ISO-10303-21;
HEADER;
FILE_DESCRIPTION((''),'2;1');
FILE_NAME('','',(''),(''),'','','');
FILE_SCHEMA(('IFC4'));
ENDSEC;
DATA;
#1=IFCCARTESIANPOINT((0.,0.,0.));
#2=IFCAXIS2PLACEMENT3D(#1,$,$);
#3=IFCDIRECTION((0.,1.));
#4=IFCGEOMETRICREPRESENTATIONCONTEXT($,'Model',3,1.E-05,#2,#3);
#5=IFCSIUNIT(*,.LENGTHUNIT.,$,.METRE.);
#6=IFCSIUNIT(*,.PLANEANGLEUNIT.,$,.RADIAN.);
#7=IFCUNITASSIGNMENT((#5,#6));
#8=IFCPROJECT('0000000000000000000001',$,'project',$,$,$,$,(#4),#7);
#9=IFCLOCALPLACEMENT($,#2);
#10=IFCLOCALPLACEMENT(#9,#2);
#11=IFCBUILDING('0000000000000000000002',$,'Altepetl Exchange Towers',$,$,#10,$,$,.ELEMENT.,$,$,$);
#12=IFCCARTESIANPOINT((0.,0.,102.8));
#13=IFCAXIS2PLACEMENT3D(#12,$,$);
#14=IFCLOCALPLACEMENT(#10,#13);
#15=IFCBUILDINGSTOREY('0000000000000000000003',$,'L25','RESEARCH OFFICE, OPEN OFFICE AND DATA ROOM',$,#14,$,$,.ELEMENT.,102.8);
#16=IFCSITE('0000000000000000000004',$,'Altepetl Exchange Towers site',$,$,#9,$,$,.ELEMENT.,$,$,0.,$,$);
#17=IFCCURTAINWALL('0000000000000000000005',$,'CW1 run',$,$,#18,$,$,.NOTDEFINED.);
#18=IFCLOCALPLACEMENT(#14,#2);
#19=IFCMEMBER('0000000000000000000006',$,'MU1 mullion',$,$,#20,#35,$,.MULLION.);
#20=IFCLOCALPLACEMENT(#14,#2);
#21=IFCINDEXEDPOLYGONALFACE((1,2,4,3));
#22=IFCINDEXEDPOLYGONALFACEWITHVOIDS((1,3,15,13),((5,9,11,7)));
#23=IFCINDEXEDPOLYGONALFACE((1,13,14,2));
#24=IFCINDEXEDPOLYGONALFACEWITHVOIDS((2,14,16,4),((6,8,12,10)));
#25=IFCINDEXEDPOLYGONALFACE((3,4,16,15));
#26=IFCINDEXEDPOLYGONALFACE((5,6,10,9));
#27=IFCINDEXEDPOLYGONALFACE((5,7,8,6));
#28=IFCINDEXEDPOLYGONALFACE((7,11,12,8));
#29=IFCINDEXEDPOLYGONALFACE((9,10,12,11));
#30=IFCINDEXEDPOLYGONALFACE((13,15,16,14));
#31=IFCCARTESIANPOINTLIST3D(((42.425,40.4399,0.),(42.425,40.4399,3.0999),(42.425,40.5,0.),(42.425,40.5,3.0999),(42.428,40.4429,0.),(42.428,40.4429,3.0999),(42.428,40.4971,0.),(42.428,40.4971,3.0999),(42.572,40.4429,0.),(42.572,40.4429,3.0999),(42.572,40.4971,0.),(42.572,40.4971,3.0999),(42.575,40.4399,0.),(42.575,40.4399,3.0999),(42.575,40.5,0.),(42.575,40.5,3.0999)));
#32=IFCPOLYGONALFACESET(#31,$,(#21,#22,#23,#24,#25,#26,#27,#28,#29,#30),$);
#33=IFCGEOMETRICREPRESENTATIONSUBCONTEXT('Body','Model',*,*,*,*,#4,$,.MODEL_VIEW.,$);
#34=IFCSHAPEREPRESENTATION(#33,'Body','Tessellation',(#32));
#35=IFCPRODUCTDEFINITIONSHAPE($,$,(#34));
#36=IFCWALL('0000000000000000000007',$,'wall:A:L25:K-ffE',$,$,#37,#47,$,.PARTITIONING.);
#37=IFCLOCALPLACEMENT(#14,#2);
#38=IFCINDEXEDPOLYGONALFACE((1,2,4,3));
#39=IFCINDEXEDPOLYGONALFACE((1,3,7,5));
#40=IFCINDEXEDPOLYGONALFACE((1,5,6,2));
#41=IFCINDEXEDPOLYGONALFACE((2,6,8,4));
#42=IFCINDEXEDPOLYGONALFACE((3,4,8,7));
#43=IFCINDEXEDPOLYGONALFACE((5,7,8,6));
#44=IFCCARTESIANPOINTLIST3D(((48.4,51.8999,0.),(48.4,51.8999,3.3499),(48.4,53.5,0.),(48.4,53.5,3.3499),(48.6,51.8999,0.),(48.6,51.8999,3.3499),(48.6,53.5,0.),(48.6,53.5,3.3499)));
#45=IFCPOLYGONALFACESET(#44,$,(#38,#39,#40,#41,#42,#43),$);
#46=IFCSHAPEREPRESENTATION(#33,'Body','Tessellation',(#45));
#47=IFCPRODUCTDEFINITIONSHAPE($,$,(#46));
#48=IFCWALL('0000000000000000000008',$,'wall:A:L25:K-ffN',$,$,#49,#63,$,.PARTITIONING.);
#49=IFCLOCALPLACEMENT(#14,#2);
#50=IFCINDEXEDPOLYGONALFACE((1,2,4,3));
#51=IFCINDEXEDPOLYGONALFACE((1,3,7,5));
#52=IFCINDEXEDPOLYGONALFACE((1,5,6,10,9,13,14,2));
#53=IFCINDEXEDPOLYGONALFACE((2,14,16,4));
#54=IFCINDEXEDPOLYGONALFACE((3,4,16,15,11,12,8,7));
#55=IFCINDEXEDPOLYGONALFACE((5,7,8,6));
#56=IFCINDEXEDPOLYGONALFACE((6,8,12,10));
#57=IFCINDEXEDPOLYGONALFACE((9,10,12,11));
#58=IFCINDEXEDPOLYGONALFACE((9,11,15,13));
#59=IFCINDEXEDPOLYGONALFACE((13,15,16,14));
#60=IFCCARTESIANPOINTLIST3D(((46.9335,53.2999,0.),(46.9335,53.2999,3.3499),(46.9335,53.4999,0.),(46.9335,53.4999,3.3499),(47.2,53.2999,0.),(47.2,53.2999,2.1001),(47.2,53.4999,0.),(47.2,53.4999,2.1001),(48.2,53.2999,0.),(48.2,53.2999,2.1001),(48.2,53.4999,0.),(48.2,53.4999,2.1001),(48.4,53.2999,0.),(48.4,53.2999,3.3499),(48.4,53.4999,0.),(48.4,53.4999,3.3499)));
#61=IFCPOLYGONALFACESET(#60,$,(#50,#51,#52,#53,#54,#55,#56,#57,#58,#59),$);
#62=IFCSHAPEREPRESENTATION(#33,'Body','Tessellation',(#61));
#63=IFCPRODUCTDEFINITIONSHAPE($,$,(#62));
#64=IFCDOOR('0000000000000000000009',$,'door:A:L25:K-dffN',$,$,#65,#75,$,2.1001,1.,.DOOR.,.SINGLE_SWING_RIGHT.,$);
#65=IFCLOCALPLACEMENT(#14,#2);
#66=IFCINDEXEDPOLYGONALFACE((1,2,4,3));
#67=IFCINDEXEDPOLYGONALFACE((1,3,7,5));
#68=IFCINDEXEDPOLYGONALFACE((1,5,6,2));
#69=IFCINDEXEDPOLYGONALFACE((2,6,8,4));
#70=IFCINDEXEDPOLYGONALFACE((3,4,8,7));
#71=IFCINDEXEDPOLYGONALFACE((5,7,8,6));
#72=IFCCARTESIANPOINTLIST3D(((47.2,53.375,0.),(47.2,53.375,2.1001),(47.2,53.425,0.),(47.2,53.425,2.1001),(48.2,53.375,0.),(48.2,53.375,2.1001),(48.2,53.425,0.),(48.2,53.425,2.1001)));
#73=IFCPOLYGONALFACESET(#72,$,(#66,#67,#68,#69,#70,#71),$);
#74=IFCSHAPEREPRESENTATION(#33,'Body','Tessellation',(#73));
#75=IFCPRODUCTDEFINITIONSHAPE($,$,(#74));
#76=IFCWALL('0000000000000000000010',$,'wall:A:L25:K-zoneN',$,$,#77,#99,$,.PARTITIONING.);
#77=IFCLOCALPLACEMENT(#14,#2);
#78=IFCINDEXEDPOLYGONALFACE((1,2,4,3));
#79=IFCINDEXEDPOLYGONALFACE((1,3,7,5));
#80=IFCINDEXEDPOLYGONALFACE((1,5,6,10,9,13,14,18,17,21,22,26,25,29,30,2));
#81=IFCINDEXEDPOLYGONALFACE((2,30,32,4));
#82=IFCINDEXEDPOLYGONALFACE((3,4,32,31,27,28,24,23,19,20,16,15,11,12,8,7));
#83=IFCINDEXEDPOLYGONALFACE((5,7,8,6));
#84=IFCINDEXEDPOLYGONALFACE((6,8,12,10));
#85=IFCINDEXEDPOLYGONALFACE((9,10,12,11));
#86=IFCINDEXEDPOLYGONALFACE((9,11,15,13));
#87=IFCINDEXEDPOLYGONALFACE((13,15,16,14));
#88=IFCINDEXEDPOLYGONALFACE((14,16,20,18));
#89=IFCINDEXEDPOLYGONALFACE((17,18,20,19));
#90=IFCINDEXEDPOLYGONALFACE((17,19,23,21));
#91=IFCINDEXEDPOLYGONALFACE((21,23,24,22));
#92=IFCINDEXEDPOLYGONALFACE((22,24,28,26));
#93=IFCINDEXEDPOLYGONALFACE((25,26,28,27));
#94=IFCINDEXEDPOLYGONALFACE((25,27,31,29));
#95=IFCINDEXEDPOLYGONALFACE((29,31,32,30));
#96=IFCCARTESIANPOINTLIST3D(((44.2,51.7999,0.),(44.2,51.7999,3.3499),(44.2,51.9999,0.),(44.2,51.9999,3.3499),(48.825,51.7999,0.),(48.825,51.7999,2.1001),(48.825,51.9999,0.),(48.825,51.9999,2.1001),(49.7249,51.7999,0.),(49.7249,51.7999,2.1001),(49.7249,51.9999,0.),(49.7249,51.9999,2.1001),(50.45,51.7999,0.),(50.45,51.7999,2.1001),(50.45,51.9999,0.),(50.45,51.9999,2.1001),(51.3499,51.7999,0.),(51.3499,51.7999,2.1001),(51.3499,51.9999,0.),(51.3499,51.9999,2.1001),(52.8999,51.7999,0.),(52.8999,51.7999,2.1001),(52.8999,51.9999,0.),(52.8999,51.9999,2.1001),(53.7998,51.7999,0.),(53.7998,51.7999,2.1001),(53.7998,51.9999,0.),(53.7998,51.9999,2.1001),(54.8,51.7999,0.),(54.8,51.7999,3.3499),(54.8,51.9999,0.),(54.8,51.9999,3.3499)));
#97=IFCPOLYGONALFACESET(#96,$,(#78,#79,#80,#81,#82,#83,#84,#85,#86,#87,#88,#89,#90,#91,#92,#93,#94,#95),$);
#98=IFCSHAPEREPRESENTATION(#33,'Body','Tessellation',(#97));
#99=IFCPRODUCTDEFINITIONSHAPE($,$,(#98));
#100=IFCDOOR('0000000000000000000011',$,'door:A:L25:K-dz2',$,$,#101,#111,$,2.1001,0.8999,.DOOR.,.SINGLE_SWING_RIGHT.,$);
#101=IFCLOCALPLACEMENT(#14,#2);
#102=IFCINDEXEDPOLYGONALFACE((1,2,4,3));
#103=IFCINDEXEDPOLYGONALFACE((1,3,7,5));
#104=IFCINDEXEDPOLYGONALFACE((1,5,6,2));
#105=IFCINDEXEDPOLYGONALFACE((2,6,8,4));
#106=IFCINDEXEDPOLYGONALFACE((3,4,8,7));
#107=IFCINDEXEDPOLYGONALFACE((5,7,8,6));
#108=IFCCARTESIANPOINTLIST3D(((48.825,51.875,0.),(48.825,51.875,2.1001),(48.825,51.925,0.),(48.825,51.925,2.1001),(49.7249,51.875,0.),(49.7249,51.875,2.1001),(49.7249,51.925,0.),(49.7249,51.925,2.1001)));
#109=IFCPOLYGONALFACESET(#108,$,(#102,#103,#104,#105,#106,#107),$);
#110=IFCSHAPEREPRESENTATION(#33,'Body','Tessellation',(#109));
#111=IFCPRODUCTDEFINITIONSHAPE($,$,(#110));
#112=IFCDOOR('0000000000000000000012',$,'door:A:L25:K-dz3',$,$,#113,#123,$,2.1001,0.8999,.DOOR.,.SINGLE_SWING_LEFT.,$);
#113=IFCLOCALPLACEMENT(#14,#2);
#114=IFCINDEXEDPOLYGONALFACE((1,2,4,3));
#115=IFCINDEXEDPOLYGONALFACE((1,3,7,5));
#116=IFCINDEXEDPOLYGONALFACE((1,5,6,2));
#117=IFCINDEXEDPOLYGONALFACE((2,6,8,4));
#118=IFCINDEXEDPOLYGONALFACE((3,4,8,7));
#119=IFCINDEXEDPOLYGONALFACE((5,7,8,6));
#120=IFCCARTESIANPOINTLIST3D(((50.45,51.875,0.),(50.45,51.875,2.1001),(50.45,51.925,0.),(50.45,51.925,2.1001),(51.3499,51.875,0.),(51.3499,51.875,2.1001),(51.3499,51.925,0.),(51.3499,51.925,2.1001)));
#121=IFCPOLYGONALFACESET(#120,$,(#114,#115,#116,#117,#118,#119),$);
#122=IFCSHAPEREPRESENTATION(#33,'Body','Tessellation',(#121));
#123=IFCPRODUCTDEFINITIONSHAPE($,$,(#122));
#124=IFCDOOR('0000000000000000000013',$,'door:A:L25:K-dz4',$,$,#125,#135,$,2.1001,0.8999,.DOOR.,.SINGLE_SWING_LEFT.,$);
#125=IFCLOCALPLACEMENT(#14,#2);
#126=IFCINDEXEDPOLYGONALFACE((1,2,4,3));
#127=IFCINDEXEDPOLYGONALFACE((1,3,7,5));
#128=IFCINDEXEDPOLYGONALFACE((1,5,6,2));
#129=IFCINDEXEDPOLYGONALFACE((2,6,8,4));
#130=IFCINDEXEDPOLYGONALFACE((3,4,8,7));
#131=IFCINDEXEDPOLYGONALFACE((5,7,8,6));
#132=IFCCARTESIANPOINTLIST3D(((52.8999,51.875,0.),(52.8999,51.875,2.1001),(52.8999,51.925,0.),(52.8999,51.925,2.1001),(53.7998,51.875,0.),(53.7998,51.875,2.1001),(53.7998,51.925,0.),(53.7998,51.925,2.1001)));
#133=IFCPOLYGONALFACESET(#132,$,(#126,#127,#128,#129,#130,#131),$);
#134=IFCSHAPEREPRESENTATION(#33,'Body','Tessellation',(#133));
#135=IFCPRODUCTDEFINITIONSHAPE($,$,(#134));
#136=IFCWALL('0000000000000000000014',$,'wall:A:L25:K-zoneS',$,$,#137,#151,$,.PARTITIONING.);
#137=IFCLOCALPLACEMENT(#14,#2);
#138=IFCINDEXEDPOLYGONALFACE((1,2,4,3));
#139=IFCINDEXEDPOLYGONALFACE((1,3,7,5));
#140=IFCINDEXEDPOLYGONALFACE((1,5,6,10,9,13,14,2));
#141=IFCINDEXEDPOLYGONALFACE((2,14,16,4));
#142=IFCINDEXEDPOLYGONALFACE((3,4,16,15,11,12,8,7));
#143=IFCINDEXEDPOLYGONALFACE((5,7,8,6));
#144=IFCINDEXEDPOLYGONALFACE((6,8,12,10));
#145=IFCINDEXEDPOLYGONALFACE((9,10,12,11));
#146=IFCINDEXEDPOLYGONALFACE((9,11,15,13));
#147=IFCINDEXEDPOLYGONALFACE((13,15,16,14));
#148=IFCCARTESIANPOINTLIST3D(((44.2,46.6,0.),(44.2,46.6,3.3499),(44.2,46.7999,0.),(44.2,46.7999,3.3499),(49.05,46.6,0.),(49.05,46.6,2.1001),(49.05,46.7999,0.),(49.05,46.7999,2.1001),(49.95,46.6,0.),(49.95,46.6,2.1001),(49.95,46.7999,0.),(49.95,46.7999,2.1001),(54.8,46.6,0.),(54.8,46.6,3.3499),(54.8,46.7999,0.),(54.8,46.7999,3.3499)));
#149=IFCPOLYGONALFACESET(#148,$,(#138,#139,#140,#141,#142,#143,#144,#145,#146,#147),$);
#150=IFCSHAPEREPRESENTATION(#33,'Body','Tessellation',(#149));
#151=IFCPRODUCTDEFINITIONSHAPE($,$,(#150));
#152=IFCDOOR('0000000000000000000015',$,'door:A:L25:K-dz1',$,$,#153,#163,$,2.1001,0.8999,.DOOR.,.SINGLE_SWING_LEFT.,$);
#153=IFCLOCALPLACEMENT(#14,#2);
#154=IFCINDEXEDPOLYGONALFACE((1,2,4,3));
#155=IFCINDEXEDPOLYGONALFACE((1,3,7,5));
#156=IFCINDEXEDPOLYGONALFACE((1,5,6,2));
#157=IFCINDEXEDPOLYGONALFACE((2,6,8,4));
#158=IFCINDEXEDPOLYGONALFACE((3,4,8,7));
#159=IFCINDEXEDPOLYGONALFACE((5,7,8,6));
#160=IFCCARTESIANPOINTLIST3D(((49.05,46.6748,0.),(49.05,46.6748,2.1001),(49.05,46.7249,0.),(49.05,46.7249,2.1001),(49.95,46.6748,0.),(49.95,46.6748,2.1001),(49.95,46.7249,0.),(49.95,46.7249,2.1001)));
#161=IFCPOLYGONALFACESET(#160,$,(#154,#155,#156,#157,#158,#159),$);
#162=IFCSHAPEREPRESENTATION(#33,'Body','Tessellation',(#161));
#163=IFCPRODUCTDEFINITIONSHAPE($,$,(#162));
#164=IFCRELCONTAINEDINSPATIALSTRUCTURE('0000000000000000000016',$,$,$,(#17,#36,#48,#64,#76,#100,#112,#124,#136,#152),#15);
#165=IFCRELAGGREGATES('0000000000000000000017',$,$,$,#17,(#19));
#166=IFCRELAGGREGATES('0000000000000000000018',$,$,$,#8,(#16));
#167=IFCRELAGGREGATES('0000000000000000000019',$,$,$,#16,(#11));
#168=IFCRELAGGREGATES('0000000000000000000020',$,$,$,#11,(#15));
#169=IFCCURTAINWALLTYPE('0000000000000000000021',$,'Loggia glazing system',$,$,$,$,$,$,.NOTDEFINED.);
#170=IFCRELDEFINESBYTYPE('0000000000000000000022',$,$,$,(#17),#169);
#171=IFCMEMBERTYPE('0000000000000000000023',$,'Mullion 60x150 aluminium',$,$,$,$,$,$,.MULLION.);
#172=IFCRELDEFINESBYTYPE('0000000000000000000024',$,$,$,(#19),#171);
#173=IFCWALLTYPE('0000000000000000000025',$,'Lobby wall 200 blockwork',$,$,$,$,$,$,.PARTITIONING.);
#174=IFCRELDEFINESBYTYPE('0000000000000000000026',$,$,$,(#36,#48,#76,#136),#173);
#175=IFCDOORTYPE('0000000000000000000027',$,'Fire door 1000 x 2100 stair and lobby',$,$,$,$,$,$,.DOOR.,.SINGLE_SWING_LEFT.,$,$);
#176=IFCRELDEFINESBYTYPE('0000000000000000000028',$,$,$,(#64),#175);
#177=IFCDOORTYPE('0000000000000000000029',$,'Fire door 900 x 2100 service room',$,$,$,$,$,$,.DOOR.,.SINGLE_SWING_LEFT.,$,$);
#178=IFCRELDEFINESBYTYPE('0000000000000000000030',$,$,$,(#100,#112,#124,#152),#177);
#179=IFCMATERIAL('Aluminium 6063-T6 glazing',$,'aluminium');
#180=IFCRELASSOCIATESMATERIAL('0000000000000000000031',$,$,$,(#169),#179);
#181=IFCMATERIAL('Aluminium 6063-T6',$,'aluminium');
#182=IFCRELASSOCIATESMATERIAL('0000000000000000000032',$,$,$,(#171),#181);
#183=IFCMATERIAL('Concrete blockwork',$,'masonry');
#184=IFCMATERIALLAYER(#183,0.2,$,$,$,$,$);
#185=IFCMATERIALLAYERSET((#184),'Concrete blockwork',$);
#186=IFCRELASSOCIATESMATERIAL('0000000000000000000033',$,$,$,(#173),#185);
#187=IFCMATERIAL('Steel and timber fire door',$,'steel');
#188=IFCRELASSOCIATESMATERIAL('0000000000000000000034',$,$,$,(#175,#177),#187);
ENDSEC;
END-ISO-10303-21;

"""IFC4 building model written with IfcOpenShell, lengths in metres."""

from ifc_helpers import new_model, si_unit, direction, frame, frame_2d, origin, origin_2d, place, context, subcontext, project, spatial, rectangle, hollow_rectangle, extrude, material, layer, layer_set, material_profile, profile_set, type_object, element, fill, aggregate, save


model = new_model("IFC4")

# Units and contexts
model_context = context("Model", 3, precision=1e-05, world=origin(), true_north=direction((0.0, 1.0)))
body_context = subcontext(model_context, "Body", "Model", "MODEL_VIEW")
ifc_project = project(units=[si_unit("LENGTHUNIT", "METRE"), si_unit("PLANEANGLEUNIT", "RADIAN")], contexts=[model_context])

# Site, building, storey
site_placement = place(None, origin())
site = spatial("IfcSite", under=ifc_project, at=site_placement, Name="Altepetl Exchange Towers site", CompositionType="ELEMENT", RefElevation=0.0)
building_placement = place(site_placement, origin())
building = spatial("IfcBuilding", under=site, at=building_placement, Name="Altepetl Exchange Towers", CompositionType="ELEMENT")
storey_placement = place(building_placement, frame((0.0, 0.0, 102.8)))
storey = spatial("IfcBuildingStorey", under=building, at=storey_placement, Name="L25", Description="RESEARCH OFFICE, OPEN OFFICE AND DATA ROOM", CompositionType="ELEMENT", Elevation=102.8)

# Curtain wall, member
ifc_material_1 = material(Name="Aluminium 6063-T6 glazing", Category="aluminium")
curtain_wall_type = type_object("IfcCurtainWallType", Name="Loggia glazing system", PredefinedType="NOTDEFINED", material=ifc_material_1)
curtain_wall_placement = place(storey_placement, origin())
curtain_wall = element("IfcCurtainWall", 1, at=curtain_wall_placement, inside=storey, type_object=curtain_wall_type, Name="CW1 run", PredefinedType="NOTDEFINED")
ifc_material_2 = material(Name="Aluminium 6063-T6", Category="aluminium")
ifc_material_profile = material_profile(ifc_material_2, hollow_rectangle(XDim=0.0601, YDim=0.1499, WallThickness=0.0029, at=origin_2d()), Name="Mullion 60x150 aluminium")
ifc_profile_set = profile_set([ifc_material_profile], Name="Aluminium 6063-T6")
member_type = type_object("IfcMemberType", Name="Mullion 60x150 aluminium", PredefinedType="MULLION", material=ifc_profile_set)
member_placement = place(storey_placement, frame((42.5, 40.47, 0.0), z_axis=(0.0, 0.0, 1.0), x_axis=(0.0, -1.0, 0.0)))
member = element("IfcMember", 2, at=member_placement, type_object=member_type, Name="MU1 mullion", PredefinedType="MULLION", context=body_context, shape_type="SweptSolid", body=[
    extrude(hollow_rectangle(XDim=0.0601, YDim=0.1499, WallThickness=0.0029, at=origin_2d()), origin(), (0.0, 0.0, 1.0), 3.0999),
])
aggregate(curtain_wall, [member])

# Wall
ifc_material_3 = material(Name="Concrete blockwork", Category="masonry")
ifc_layer_1 = layer(ifc_material_3, 0.2)
ifc_layer_set_1 = layer_set([ifc_layer_1], Name="Concrete blockwork")
wall_type_1 = type_object("IfcWallType", Name="Lobby wall 200 blockwork", PredefinedType="PARTITIONING", material=ifc_layer_set_1)
wall_1_placement = place(storey_placement, frame((48.5, 51.8999, 0.0), z_axis=(0.0, 0.0, 1.0), x_axis=(0.0, 1.0, 0.0)))
element("IfcWall", 3, at=wall_1_placement, inside=storey, type_object=wall_type_1, Name="wall:A:L25:K-ffE", PredefinedType="PARTITIONING", context=body_context, shape_type="SweptSolid", body=[
    extrude(rectangle(XDim=1.6001, YDim=0.2, at=frame_2d((0.8, 0.0))), origin(), (0.0, 0.0, 1.0), 3.3499),
])

# Wall, opening, door
wall_2_placement = place(storey_placement, frame((46.9333, 53.3999, 0.0)))
wall_2 = element("IfcWall", 4, at=wall_2_placement, inside=storey, type_object=wall_type_1, Name="wall:A:L25:K-ffN", PredefinedType="PARTITIONING", context=body_context, shape_type="SweptSolid", body=[
    extrude(rectangle(XDim=1.4666, YDim=0.2, at=frame_2d((0.7334, 0.0))), origin(), (0.0, 0.0, 1.0), 3.3499),
])
opening_1_placement = place(wall_2_placement, frame((0.2666, 0.0, 0.0)))
opening_1 = element("IfcOpeningElement", 5, at=opening_1_placement, cuts=wall_2, PredefinedType="OPENING", context=body_context, shape_type="SweptSolid", body=[
    extrude(rectangle(XDim=1.0, YDim=2.1001, at=frame_2d((0.5, 1.05))), frame((0.0, 0.1099, 0.0), z_axis=(0.0, -1.0, 0.0), x_axis=(1.0, 0.0, 0.0)), (0.0, 0.0, 1.0), 0.22),
])
ifc_material_4 = material(Name="Steel and timber fire door", Category="steel")
door_type_1 = type_object("IfcDoorType", Name="Fire door 1000 x 2100 stair and lobby", OperationType="SINGLE_SWING_LEFT", PredefinedType="DOOR", material=ifc_material_4)
door_1_placement = place(opening_1_placement, frame((1.0, 0.0, 0.0), x_axis=(-1.0, 0.0, 0.0)))
door_1 = element("IfcDoor", 6, at=door_1_placement, inside=storey, type_object=door_type_1, Name="door:A:L25:K-dffN", OperationType="SINGLE_SWING_RIGHT", OverallHeight=2.1001, OverallWidth=1.0, PredefinedType="DOOR", context=body_context, shape_type="SweptSolid", body=[
    extrude(rectangle(XDim=1.0, YDim=2.1001, at=frame_2d((0.5, 1.05))), frame((0.0, 0.0249, 0.0), z_axis=(0.0, -1.0, 0.0), x_axis=(1.0, 0.0, 0.0)), (0.0, 0.0, 1.0), 0.05),
])
fill(opening_1, door_1)

# Wall, openings, doors
wall_3_placement = place(storey_placement, frame((44.2, 51.8999, 0.0)))
wall_3 = element("IfcWall", 7, at=wall_3_placement, inside=storey, type_object=wall_type_1, Name="wall:A:L25:K-zoneN", PredefinedType="PARTITIONING", context=body_context, shape_type="SweptSolid", body=[
    extrude(rectangle(XDim=10.6001, YDim=0.2, at=frame_2d((5.3, 0.0))), origin(), (0.0, 0.0, 1.0), 3.3499),
])
opening_2_placement = place(wall_3_placement, frame((4.625, 0.0, 0.0)))
opening_2 = element("IfcOpeningElement", 8, at=opening_2_placement, cuts=wall_3, PredefinedType="OPENING", context=body_context, shape_type="SweptSolid", body=[
    extrude(rectangle(XDim=0.8999, YDim=2.1001, at=frame_2d((0.45, 1.05))), frame((0.0, 0.1099, 0.0), z_axis=(0.0, -1.0, 0.0), x_axis=(1.0, 0.0, 0.0)), (0.0, 0.0, 1.0), 0.22),
])
opening_3_placement = place(wall_3_placement, frame((6.25, 0.0, 0.0)))
opening_3 = element("IfcOpeningElement", 9, at=opening_3_placement, cuts=wall_3, PredefinedType="OPENING", context=body_context, shape_type="SweptSolid", body=[
    extrude(rectangle(XDim=0.8999, YDim=2.1001, at=frame_2d((0.45, 1.05))), frame((0.0, 0.1099, 0.0), z_axis=(0.0, -1.0, 0.0), x_axis=(1.0, 0.0, 0.0)), (0.0, 0.0, 1.0), 0.22),
])
opening_4_placement = place(wall_3_placement, frame((8.7, 0.0, 0.0)))
opening_4 = element("IfcOpeningElement", 10, at=opening_4_placement, cuts=wall_3, PredefinedType="OPENING", context=body_context, shape_type="SweptSolid", body=[
    extrude(rectangle(XDim=0.8999, YDim=2.1001, at=frame_2d((0.45, 1.05))), frame((0.0, 0.1099, 0.0), z_axis=(0.0, -1.0, 0.0), x_axis=(1.0, 0.0, 0.0)), (0.0, 0.0, 1.0), 0.22),
])
door_type_2 = type_object("IfcDoorType", Name="Fire door 900 x 2100 service room", OperationType="SINGLE_SWING_LEFT", PredefinedType="DOOR", material=ifc_material_4)
door_2_placement = place(opening_2_placement, frame((0.8999, 0.0, 0.0), x_axis=(-1.0, 0.0, 0.0)))
door_2 = element("IfcDoor", 11, at=door_2_placement, inside=storey, type_object=door_type_2, Name="door:A:L25:K-dz2", OperationType="SINGLE_SWING_RIGHT", OverallHeight=2.1001, OverallWidth=0.8999, PredefinedType="DOOR", context=body_context, shape_type="SweptSolid", body=[
    extrude(rectangle(XDim=0.8999, YDim=2.1001, at=frame_2d((0.45, 1.05))), frame((0.0, 0.0249, 0.0), z_axis=(0.0, -1.0, 0.0), x_axis=(1.0, 0.0, 0.0)), (0.0, 0.0, 1.0), 0.05),
])
fill(opening_2, door_2)
door_3_placement = place(opening_3_placement, frame((0.8999, 0.0, 0.0), x_axis=(-1.0, 0.0, 0.0)))
door_3 = element("IfcDoor", 12, at=door_3_placement, inside=storey, type_object=door_type_2, Name="door:A:L25:K-dz3", OperationType="SINGLE_SWING_LEFT", OverallHeight=2.1001, OverallWidth=0.8999, PredefinedType="DOOR", context=body_context, shape_type="SweptSolid", body=[
    extrude(rectangle(XDim=0.8999, YDim=2.1001, at=frame_2d((0.45, 1.05))), frame((0.0, 0.0249, 0.0), z_axis=(0.0, -1.0, 0.0), x_axis=(1.0, 0.0, 0.0)), (0.0, 0.0, 1.0), 0.05),
])
fill(opening_3, door_3)
door_4_placement = place(opening_4_placement, frame((0.8999, 0.0, 0.0), x_axis=(-1.0, 0.0, 0.0)))
door_4 = element("IfcDoor", 13, at=door_4_placement, inside=storey, type_object=door_type_2, Name="door:A:L25:K-dz4", OperationType="SINGLE_SWING_LEFT", OverallHeight=2.1001, OverallWidth=0.8999, PredefinedType="DOOR", context=body_context, shape_type="SweptSolid", body=[
    extrude(rectangle(XDim=0.8999, YDim=2.1001, at=frame_2d((0.45, 1.05))), frame((0.0, 0.0249, 0.0), z_axis=(0.0, -1.0, 0.0), x_axis=(1.0, 0.0, 0.0)), (0.0, 0.0, 1.0), 0.05),
])
fill(opening_4, door_4)

# Wall, opening, door
wall_4_placement = place(storey_placement, frame((44.2, 46.7, 0.0)))
wall_4 = element("IfcWall", 14, at=wall_4_placement, inside=storey, type_object=wall_type_1, Name="wall:A:L25:K-zoneS", PredefinedType="PARTITIONING", context=body_context, shape_type="SweptSolid", body=[
    extrude(rectangle(XDim=10.6001, YDim=0.2, at=frame_2d((5.3, 0.0))), origin(), (0.0, 0.0, 1.0), 3.3499),
])
opening_5_placement = place(wall_4_placement, frame((4.8501, 0.0, 0.0)))
opening_5 = element("IfcOpeningElement", 15, at=opening_5_placement, cuts=wall_4, PredefinedType="OPENING", context=body_context, shape_type="SweptSolid", body=[
    extrude(rectangle(XDim=0.8999, YDim=2.1001, at=frame_2d((0.45, 1.05))), frame((0.0, 0.1099, 0.0), z_axis=(0.0, -1.0, 0.0), x_axis=(1.0, 0.0, 0.0)), (0.0, 0.0, 1.0), 0.22),
])
door_5_placement = place(opening_5_placement, origin())
door_5 = element("IfcDoor", 16, at=door_5_placement, inside=storey, type_object=door_type_2, Name="door:A:L25:K-dz1", OperationType="SINGLE_SWING_LEFT", OverallHeight=2.1001, OverallWidth=0.8999, PredefinedType="DOOR", context=body_context, shape_type="SweptSolid", body=[
    extrude(rectangle(XDim=0.8999, YDim=2.1001, at=frame_2d((0.45, 1.05))), frame((0.0, 0.0249, 0.0), z_axis=(0.0, -1.0, 0.0), x_axis=(1.0, 0.0, 0.0)), (0.0, 0.0, 1.0), 0.05),
])
fill(opening_5, door_5)

save(model, "model.ifc")
